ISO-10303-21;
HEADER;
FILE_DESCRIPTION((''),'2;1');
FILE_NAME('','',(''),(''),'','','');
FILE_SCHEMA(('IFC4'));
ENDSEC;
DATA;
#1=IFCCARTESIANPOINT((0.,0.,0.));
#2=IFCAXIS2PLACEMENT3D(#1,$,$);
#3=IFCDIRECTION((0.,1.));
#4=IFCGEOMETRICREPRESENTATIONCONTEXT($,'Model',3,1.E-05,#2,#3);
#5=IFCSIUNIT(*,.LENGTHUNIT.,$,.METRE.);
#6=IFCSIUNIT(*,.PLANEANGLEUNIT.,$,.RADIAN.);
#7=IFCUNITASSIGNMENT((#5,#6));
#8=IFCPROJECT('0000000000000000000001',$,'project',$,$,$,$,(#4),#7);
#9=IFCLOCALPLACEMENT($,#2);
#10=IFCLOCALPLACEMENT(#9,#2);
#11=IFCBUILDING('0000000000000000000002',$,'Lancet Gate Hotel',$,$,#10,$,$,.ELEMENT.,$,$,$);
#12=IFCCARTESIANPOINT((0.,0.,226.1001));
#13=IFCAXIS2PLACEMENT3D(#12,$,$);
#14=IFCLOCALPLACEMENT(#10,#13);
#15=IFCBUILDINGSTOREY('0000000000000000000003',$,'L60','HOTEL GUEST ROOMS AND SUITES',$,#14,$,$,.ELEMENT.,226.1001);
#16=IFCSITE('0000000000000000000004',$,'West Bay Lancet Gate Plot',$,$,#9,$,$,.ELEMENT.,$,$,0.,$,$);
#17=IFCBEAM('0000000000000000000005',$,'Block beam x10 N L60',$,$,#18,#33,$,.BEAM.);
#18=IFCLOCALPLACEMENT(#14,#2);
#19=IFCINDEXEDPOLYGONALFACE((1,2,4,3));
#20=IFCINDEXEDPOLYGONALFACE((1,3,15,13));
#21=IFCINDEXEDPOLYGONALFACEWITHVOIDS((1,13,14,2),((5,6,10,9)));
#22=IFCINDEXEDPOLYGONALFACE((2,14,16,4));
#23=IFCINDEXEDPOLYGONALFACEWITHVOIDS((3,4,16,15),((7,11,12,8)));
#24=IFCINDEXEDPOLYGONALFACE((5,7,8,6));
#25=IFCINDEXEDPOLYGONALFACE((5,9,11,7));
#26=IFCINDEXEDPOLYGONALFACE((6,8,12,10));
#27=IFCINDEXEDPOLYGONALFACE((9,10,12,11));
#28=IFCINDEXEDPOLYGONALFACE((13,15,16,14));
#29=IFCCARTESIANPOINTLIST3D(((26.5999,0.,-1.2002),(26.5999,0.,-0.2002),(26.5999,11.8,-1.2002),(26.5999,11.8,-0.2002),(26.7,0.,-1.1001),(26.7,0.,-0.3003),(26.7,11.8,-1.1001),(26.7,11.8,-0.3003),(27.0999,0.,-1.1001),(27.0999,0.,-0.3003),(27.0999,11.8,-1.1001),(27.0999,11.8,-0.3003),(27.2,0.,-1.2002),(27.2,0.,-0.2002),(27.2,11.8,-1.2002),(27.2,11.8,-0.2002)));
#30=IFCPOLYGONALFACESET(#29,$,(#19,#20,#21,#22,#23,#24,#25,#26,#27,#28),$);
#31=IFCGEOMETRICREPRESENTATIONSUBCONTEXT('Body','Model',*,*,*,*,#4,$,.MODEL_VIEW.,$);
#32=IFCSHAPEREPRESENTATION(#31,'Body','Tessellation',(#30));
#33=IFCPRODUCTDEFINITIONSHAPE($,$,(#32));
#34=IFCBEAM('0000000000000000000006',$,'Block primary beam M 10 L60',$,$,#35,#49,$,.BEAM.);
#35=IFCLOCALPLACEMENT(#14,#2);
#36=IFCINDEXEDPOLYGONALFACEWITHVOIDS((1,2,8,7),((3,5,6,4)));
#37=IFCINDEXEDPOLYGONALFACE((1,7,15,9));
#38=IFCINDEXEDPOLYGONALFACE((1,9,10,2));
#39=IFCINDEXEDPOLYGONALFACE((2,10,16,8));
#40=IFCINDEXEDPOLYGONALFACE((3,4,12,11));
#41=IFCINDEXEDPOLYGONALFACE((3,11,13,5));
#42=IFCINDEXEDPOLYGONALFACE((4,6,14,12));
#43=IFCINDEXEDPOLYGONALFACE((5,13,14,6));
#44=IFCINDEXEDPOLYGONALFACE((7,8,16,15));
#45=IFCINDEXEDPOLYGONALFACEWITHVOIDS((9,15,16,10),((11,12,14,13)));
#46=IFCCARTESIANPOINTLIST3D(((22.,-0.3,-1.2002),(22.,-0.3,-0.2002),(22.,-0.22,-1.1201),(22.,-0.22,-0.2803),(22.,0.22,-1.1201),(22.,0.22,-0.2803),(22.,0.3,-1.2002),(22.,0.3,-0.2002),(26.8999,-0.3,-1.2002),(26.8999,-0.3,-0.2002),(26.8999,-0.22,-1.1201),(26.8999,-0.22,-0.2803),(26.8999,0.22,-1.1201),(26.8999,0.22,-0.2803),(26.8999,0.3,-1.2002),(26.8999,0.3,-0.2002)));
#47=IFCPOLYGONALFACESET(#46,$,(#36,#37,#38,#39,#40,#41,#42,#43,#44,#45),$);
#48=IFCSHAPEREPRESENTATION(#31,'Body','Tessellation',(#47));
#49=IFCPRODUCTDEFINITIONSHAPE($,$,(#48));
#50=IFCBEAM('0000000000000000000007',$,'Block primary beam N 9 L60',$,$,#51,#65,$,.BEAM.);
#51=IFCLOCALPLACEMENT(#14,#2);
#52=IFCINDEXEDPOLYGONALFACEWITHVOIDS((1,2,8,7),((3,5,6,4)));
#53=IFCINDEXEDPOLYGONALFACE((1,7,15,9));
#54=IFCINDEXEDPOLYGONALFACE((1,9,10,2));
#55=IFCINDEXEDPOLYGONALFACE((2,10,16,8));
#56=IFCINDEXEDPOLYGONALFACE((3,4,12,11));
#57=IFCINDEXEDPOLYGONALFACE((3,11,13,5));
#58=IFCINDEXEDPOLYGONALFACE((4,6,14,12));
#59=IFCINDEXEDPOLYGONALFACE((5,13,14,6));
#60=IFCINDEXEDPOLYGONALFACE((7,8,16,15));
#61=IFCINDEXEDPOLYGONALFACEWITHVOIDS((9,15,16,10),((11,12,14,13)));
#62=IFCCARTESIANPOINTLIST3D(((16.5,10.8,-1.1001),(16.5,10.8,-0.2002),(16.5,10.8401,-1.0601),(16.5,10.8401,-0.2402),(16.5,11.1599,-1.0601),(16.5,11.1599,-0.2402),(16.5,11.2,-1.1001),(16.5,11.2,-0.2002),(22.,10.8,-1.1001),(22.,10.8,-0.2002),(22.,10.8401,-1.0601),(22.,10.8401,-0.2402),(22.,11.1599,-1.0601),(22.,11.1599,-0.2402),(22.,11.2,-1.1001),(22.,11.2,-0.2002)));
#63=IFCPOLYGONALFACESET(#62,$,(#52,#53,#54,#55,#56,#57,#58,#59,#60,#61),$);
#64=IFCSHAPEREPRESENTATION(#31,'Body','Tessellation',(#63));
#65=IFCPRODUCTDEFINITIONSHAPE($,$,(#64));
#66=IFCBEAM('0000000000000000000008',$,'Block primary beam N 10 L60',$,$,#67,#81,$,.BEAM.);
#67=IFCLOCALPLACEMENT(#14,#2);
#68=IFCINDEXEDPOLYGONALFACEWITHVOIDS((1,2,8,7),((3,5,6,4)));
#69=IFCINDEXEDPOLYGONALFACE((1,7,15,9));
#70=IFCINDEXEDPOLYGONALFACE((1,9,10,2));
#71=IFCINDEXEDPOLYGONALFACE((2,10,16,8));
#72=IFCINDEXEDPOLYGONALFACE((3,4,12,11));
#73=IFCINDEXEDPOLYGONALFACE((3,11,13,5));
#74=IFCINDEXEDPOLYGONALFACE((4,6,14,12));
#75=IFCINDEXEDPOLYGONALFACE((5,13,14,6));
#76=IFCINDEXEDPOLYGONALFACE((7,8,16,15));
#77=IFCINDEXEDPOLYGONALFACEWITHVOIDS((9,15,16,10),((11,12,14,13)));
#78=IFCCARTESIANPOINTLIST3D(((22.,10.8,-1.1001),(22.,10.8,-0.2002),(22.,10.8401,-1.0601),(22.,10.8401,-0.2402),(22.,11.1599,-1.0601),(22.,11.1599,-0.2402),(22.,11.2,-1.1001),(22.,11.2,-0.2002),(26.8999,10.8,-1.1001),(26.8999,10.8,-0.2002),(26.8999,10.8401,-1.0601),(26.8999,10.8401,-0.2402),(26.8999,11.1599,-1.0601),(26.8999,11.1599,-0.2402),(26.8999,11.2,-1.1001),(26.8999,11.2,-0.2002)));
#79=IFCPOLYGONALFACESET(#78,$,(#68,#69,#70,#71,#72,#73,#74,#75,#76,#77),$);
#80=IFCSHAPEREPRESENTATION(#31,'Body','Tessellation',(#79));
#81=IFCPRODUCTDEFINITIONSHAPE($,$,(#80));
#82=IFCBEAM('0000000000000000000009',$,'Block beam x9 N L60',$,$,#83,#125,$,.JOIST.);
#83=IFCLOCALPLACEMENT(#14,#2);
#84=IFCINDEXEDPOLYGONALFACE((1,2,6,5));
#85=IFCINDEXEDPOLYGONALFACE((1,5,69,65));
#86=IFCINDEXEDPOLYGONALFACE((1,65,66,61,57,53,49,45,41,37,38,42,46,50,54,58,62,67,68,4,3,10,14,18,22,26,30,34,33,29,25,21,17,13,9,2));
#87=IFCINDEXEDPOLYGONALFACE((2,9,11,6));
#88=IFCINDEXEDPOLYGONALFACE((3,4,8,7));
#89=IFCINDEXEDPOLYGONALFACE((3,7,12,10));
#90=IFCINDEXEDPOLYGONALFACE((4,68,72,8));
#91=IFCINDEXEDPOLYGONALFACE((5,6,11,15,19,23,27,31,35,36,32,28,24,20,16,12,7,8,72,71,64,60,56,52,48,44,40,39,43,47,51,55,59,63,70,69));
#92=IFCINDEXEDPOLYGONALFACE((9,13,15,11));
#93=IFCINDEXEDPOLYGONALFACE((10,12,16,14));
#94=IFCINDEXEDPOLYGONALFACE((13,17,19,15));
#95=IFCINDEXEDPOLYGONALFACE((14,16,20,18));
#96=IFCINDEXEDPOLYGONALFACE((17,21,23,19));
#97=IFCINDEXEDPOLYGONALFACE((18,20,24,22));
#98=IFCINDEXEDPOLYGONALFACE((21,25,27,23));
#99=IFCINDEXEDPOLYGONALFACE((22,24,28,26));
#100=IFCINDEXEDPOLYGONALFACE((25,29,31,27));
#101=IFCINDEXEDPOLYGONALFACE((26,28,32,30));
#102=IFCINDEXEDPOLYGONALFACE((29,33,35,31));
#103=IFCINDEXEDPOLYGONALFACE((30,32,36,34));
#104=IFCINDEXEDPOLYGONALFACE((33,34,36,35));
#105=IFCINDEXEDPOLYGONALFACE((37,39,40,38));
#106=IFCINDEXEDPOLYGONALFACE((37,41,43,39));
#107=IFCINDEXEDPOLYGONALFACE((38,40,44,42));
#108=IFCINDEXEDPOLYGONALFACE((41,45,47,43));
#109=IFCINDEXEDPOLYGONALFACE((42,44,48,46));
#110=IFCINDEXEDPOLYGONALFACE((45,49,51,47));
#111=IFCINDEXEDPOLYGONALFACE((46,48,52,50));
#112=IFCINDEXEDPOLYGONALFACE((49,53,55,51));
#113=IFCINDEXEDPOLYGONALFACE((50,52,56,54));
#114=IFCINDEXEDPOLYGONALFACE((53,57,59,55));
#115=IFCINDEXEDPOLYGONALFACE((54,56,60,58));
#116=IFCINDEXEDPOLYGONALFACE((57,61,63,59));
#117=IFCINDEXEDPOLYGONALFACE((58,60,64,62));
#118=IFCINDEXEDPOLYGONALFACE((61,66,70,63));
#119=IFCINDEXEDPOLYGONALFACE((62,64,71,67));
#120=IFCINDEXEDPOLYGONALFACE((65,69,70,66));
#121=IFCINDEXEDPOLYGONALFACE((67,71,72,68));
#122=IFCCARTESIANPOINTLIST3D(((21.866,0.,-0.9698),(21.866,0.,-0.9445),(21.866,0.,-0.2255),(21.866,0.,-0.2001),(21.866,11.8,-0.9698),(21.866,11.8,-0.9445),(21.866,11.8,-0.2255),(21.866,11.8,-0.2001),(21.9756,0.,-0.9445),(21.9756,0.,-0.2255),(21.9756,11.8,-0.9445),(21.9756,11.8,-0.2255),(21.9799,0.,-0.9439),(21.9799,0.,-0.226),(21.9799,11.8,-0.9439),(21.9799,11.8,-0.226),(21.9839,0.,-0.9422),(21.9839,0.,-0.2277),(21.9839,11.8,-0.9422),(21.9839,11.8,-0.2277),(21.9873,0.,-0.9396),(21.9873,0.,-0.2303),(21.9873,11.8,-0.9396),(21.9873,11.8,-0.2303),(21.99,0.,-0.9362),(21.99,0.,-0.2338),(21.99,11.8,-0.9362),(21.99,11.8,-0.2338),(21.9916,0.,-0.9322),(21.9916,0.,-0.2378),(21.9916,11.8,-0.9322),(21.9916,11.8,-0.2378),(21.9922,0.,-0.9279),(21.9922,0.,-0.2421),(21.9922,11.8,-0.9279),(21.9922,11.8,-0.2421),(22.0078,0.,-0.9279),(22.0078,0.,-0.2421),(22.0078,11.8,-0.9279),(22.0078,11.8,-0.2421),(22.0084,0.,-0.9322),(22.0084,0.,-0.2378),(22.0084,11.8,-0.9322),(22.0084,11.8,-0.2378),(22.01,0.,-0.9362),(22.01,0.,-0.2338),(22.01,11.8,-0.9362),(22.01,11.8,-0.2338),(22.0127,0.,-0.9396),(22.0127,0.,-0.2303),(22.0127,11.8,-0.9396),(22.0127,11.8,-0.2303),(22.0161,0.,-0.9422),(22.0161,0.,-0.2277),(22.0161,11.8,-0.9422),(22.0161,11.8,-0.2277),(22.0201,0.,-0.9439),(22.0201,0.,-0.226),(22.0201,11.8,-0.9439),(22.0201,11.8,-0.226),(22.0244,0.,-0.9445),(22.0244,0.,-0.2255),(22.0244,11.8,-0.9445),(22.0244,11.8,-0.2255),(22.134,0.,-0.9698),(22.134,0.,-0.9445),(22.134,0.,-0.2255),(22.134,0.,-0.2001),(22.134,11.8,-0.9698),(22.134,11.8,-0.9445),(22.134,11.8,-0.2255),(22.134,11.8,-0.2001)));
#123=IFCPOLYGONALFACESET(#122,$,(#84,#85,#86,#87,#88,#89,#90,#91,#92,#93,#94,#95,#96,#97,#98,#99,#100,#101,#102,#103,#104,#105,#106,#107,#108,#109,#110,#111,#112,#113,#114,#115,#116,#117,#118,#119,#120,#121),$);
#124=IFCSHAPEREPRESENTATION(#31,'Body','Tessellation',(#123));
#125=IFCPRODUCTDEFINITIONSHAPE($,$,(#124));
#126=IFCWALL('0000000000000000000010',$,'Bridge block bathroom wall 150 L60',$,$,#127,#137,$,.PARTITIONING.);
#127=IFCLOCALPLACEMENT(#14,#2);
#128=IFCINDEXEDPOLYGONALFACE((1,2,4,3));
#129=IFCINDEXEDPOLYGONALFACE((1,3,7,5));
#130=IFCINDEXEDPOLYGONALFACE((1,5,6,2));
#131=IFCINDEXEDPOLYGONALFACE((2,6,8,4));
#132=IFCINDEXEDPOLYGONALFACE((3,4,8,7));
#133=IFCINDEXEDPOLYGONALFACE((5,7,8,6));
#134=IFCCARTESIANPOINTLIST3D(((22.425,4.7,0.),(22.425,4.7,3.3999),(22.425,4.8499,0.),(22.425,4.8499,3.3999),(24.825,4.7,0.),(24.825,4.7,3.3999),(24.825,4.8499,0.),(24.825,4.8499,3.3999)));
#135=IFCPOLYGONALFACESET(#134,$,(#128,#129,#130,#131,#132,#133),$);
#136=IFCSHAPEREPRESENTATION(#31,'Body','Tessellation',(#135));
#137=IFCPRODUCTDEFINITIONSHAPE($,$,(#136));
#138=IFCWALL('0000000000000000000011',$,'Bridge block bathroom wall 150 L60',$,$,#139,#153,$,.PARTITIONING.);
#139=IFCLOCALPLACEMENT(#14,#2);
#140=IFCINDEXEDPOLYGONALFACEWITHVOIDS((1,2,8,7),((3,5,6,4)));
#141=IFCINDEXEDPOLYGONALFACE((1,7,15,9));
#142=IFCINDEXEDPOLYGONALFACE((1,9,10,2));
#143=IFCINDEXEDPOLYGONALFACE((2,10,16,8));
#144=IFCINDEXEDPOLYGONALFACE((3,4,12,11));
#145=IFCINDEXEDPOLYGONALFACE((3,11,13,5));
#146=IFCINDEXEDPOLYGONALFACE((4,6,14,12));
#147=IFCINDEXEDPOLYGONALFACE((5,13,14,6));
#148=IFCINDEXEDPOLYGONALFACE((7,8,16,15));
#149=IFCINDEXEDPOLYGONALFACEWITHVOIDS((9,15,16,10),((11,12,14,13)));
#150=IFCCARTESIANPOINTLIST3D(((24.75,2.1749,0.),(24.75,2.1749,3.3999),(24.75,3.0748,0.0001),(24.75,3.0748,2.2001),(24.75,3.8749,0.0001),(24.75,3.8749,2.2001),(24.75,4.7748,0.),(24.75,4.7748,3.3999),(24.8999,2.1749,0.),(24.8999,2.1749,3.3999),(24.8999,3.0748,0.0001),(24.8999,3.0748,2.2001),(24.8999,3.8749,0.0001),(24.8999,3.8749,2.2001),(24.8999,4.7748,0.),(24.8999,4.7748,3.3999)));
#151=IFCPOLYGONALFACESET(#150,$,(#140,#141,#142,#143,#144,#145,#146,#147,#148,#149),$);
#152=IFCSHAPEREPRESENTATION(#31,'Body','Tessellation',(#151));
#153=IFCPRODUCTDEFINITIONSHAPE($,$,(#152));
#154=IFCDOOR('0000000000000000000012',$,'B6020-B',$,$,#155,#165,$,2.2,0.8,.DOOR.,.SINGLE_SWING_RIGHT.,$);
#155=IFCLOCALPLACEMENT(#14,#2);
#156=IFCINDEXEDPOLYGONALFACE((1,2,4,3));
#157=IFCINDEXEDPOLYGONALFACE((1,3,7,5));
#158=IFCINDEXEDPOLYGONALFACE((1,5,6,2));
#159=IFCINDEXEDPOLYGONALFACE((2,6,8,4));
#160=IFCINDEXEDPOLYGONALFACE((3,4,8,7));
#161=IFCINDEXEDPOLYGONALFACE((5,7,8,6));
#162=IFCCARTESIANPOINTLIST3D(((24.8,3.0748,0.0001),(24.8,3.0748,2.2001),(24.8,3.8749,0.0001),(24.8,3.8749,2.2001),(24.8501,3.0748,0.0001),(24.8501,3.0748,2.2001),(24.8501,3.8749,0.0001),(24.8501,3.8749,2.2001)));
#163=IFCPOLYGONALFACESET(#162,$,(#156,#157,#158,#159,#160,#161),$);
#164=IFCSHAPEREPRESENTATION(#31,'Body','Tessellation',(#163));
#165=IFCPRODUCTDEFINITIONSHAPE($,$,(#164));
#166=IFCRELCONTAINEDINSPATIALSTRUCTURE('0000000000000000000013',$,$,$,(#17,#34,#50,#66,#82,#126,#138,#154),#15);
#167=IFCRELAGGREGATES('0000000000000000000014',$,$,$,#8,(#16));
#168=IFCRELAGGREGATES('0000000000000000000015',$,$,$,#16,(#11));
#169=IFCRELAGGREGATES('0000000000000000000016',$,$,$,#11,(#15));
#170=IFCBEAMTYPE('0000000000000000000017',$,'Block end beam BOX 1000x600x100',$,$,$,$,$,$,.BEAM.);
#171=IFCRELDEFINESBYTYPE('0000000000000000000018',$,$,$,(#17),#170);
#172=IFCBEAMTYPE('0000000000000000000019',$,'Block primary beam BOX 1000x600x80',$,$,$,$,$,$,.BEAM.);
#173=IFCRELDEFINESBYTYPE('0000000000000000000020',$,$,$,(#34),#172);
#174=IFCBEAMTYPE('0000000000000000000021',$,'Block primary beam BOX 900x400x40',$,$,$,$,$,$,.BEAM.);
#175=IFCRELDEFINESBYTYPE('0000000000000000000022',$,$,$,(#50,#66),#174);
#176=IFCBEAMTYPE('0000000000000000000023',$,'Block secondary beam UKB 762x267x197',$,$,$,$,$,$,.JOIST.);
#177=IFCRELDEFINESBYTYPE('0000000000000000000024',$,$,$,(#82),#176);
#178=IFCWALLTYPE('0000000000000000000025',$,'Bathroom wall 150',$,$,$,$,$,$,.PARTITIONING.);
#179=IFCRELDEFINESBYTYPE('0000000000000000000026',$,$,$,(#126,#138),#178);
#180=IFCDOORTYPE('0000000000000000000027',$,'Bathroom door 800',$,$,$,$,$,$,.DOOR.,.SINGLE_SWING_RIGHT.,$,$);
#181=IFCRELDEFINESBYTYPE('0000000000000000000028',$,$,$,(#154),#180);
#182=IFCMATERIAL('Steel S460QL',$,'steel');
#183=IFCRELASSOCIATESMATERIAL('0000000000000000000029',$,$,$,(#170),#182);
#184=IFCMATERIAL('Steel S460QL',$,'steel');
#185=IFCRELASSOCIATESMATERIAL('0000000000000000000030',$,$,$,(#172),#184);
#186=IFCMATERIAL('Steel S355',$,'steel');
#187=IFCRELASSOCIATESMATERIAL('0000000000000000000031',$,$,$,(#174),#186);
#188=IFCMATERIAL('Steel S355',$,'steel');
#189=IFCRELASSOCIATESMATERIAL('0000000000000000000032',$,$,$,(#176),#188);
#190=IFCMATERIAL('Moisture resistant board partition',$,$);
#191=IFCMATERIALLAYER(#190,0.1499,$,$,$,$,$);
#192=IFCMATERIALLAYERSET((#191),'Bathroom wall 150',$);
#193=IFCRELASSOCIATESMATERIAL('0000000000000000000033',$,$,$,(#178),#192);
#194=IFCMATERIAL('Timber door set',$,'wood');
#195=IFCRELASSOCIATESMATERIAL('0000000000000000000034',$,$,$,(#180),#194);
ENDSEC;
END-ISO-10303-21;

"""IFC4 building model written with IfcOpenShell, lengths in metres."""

from ifc_helpers import new_model, si_unit, direction, frame, frame_2d, origin, origin_2d, place, context, subcontext, project, spatial, rectangle, hollow_rectangle, i_section, extrude, material, layer, layer_set, material_profile, profile_set, type_object, element, fill, save


model = new_model("IFC4")

# Units and contexts
model_context = context("Model", 3, precision=1e-05, world=origin(), true_north=direction((0.0, 1.0)))
body_context = subcontext(model_context, "Body", "Model", "MODEL_VIEW")
ifc_project = project(units=[si_unit("LENGTHUNIT", "METRE"), si_unit("PLANEANGLEUNIT", "RADIAN")], contexts=[model_context])

# Site, building, storey
site_placement = place(None, origin())
site = spatial("IfcSite", under=ifc_project, at=site_placement, Name="West Bay Lancet Gate Plot", CompositionType="ELEMENT", RefElevation=0.0)
building_placement = place(site_placement, origin())
building = spatial("IfcBuilding", under=site, at=building_placement, Name="Lancet Gate Hotel", CompositionType="ELEMENT")
storey_placement = place(building_placement, frame((0.0, 0.0, 226.1001)))
storey = spatial("IfcBuildingStorey", under=building, at=storey_placement, Name="L60", Description="HOTEL GUEST ROOMS AND SUITES", CompositionType="ELEMENT", Elevation=226.1001)

# Beams
ifc_material_1 = material(Name="Steel S460QL", Category="steel")
ifc_material_profile_1 = material_profile(ifc_material_1, hollow_rectangle(XDim=0.6001, YDim=1.0, WallThickness=0.1001, at=origin_2d()), Name="BOX 1000x600x100")
ifc_profile_set_1 = profile_set([ifc_material_profile_1], Name="Steel S460QL")
beam_type_1 = type_object("IfcBeamType", Name="Block end beam BOX 1000x600x100", PredefinedType="BEAM", material=ifc_profile_set_1)
beam_1_placement = place(storey_placement, frame((26.8999, 0.0, -0.7002), z_axis=(0.0, 1.0, 0.0), x_axis=(-1.0, 0.0, 0.0)))
element("IfcBeam", 1, at=beam_1_placement, inside=storey, type_object=beam_type_1, Name="Block beam x10 N L60", PredefinedType="BEAM", context=body_context, shape_type="SweptSolid", body=[
    extrude(hollow_rectangle(XDim=0.6001, YDim=1.0, WallThickness=0.1001, at=origin_2d()), origin(), (0.0, 0.0, 1.0), 11.8),
])
ifc_material_2 = material(Name="Steel S460QL", Category="steel")
ifc_material_profile_2 = material_profile(ifc_material_2, hollow_rectangle(XDim=0.6001, YDim=1.0, WallThickness=0.0801, at=origin_2d()), Name="BOX 1000x600x80")
ifc_profile_set_2 = profile_set([ifc_material_profile_2], Name="Steel S460QL")
beam_type_2 = type_object("IfcBeamType", Name="Block primary beam BOX 1000x600x80", PredefinedType="BEAM", material=ifc_profile_set_2)
beam_2_placement = place(storey_placement, frame((22.0, 0.0, -0.7002), z_axis=(1.0, 0.0, 0.0), x_axis=(0.0, 1.0, 0.0)))
element("IfcBeam", 2, at=beam_2_placement, inside=storey, type_object=beam_type_2, Name="Block primary beam M 10 L60", PredefinedType="BEAM", context=body_context, shape_type="SweptSolid", body=[
    extrude(hollow_rectangle(XDim=0.6001, YDim=1.0, WallThickness=0.0801, at=origin_2d()), origin(), (0.0, 0.0, 1.0), 4.8999),
])
ifc_material_3 = material(Name="Steel S355", Category="steel")
ifc_material_profile_3 = material_profile(ifc_material_3, hollow_rectangle(XDim=0.3999, YDim=0.8999, WallThickness=0.04, at=origin_2d()), Name="BOX 900x400x40")
ifc_profile_set_3 = profile_set([ifc_material_profile_3], Name="Steel S355")
beam_type_3 = type_object("IfcBeamType", Name="Block primary beam BOX 900x400x40", PredefinedType="BEAM", material=ifc_profile_set_3)
beam_3_placement = place(storey_placement, frame((16.5, 11.0, -0.6501), z_axis=(1.0, 0.0, 0.0), x_axis=(0.0, 1.0, 0.0)))
element("IfcBeam", 3, at=beam_3_placement, inside=storey, type_object=beam_type_3, Name="Block primary beam N 9 L60", PredefinedType="BEAM", context=body_context, shape_type="SweptSolid", body=[
    extrude(hollow_rectangle(XDim=0.3999, YDim=0.8999, WallThickness=0.04, at=origin_2d()), origin(), (0.0, 0.0, 1.0), 5.5),
])
beam_4_placement = place(storey_placement, frame((22.0, 11.0, -0.6501), z_axis=(1.0, 0.0, 0.0), x_axis=(0.0, 1.0, 0.0)))
element("IfcBeam", 4, at=beam_4_placement, inside=storey, type_object=beam_type_3, Name="Block primary beam N 10 L60", PredefinedType="BEAM", context=body_context, shape_type="SweptSolid", body=[
    extrude(hollow_rectangle(XDim=0.3999, YDim=0.8999, WallThickness=0.04, at=origin_2d()), origin(), (0.0, 0.0, 1.0), 4.8999),
])
ifc_material_4 = material(Name="Steel S355", Category="steel")
ifc_material_profile_4 = material_profile(ifc_material_4, i_section(OverallWidth=0.2681, OverallDepth=0.7698, WebThickness=0.0156, FlangeThickness=0.0254, FilletRadius=0.0166, at=origin_2d()), Name="UKB 762x267x197")
ifc_profile_set_4 = profile_set([ifc_material_profile_4], Name="Steel S355")
beam_type_4 = type_object("IfcBeamType", Name="Block secondary beam UKB 762x267x197", PredefinedType="JOIST", material=ifc_profile_set_4)
beam_5_placement = place(storey_placement, frame((22.0, 0.0, -0.585), z_axis=(0.0, 1.0, 0.0), x_axis=(-1.0, 0.0, 0.0)))
element("IfcBeam", 5, at=beam_5_placement, inside=storey, type_object=beam_type_4, Name="Block beam x9 N L60", PredefinedType="JOIST", context=body_context, shape_type="SweptSolid", body=[
    extrude(i_section(OverallWidth=0.2681, OverallDepth=0.7698, WebThickness=0.0156, FlangeThickness=0.0254, FilletRadius=0.0166, at=origin_2d()), origin(), (0.0, 0.0, 1.0), 11.8),
])

# Wall
ifc_material_5 = material(Name="Moisture resistant board partition")
ifc_layer_1 = layer(ifc_material_5, 0.1499)
ifc_layer_set_1 = layer_set([ifc_layer_1], Name="Bathroom wall 150")
wall_type_1 = type_object("IfcWallType", Name="Bathroom wall 150", PredefinedType="PARTITIONING", material=ifc_layer_set_1)
wall_1_placement = place(storey_placement, frame((22.425, 4.7749, 0.0), z_axis=(0.0, 0.0, 1.0), x_axis=(1.0, 0.0, 0.0)))
element("IfcWall", 6, at=wall_1_placement, inside=storey, type_object=wall_type_1, Name="Bridge block bathroom wall 150 L60", PredefinedType="PARTITIONING", context=body_context, shape_type="SweptSolid", body=[
    extrude(rectangle(XDim=2.3999, YDim=0.1499, at=frame_2d((1.2, 0.0))), origin(), (0.0, 0.0, 1.0), 3.3999),
])

# Wall, opening, door
wall_2_placement = place(storey_placement, frame((24.825, 2.175, 0.0), z_axis=(0.0, 0.0, 1.0), x_axis=(0.0, 1.0, 0.0)))
wall_2 = element("IfcWall", 7, at=wall_2_placement, inside=storey, type_object=wall_type_1, Name="Bridge block bathroom wall 150 L60", PredefinedType="PARTITIONING", context=body_context, shape_type="SweptSolid", body=[
    extrude(rectangle(XDim=2.5999, YDim=0.1499, at=frame_2d((1.2998, 0.0))), origin(), (0.0, 0.0, 1.0), 3.3999),
])
opening_1_placement = place(wall_2_placement, frame((0.8999, 0.0, 0.0)))
opening_1 = element("IfcOpeningElement", 8, at=opening_1_placement, cuts=wall_2, PredefinedType="OPENING", context=body_context, shape_type="SweptSolid", body=[
    extrude(rectangle(XDim=0.8, YDim=2.2, at=frame_2d((0.3999, 1.1001))), frame((0.0, 0.085, 0.0), z_axis=(0.0, -1.0, 0.0), x_axis=(1.0, 0.0, 0.0)), (0.0, 0.0, 1.0), 0.1699),
])
ifc_material_6 = material(Name="Timber door set", Category="wood")
door_type_1 = type_object("IfcDoorType", Name="Bathroom door 800", OperationType="SINGLE_SWING_RIGHT", PredefinedType="DOOR", material=ifc_material_6)
door_1_placement = place(opening_1_placement, origin())
door_1 = element("IfcDoor", 9, at=door_1_placement, inside=storey, type_object=door_type_1, Name="B6020-B", OperationType="SINGLE_SWING_RIGHT", OverallHeight=2.2, OverallWidth=0.8, PredefinedType="DOOR", context=body_context, shape_type="SweptSolid", body=[
    extrude(rectangle(XDim=0.8, YDim=2.2, at=frame_2d((0.3999, 1.1001))), frame((0.0, 0.0249, 0.0), z_axis=(0.0, -1.0, 0.0), x_axis=(1.0, 0.0, 0.0)), (0.0, 0.0, 1.0), 0.05),
])
fill(opening_1, door_1)

save(model, "model.ifc")
